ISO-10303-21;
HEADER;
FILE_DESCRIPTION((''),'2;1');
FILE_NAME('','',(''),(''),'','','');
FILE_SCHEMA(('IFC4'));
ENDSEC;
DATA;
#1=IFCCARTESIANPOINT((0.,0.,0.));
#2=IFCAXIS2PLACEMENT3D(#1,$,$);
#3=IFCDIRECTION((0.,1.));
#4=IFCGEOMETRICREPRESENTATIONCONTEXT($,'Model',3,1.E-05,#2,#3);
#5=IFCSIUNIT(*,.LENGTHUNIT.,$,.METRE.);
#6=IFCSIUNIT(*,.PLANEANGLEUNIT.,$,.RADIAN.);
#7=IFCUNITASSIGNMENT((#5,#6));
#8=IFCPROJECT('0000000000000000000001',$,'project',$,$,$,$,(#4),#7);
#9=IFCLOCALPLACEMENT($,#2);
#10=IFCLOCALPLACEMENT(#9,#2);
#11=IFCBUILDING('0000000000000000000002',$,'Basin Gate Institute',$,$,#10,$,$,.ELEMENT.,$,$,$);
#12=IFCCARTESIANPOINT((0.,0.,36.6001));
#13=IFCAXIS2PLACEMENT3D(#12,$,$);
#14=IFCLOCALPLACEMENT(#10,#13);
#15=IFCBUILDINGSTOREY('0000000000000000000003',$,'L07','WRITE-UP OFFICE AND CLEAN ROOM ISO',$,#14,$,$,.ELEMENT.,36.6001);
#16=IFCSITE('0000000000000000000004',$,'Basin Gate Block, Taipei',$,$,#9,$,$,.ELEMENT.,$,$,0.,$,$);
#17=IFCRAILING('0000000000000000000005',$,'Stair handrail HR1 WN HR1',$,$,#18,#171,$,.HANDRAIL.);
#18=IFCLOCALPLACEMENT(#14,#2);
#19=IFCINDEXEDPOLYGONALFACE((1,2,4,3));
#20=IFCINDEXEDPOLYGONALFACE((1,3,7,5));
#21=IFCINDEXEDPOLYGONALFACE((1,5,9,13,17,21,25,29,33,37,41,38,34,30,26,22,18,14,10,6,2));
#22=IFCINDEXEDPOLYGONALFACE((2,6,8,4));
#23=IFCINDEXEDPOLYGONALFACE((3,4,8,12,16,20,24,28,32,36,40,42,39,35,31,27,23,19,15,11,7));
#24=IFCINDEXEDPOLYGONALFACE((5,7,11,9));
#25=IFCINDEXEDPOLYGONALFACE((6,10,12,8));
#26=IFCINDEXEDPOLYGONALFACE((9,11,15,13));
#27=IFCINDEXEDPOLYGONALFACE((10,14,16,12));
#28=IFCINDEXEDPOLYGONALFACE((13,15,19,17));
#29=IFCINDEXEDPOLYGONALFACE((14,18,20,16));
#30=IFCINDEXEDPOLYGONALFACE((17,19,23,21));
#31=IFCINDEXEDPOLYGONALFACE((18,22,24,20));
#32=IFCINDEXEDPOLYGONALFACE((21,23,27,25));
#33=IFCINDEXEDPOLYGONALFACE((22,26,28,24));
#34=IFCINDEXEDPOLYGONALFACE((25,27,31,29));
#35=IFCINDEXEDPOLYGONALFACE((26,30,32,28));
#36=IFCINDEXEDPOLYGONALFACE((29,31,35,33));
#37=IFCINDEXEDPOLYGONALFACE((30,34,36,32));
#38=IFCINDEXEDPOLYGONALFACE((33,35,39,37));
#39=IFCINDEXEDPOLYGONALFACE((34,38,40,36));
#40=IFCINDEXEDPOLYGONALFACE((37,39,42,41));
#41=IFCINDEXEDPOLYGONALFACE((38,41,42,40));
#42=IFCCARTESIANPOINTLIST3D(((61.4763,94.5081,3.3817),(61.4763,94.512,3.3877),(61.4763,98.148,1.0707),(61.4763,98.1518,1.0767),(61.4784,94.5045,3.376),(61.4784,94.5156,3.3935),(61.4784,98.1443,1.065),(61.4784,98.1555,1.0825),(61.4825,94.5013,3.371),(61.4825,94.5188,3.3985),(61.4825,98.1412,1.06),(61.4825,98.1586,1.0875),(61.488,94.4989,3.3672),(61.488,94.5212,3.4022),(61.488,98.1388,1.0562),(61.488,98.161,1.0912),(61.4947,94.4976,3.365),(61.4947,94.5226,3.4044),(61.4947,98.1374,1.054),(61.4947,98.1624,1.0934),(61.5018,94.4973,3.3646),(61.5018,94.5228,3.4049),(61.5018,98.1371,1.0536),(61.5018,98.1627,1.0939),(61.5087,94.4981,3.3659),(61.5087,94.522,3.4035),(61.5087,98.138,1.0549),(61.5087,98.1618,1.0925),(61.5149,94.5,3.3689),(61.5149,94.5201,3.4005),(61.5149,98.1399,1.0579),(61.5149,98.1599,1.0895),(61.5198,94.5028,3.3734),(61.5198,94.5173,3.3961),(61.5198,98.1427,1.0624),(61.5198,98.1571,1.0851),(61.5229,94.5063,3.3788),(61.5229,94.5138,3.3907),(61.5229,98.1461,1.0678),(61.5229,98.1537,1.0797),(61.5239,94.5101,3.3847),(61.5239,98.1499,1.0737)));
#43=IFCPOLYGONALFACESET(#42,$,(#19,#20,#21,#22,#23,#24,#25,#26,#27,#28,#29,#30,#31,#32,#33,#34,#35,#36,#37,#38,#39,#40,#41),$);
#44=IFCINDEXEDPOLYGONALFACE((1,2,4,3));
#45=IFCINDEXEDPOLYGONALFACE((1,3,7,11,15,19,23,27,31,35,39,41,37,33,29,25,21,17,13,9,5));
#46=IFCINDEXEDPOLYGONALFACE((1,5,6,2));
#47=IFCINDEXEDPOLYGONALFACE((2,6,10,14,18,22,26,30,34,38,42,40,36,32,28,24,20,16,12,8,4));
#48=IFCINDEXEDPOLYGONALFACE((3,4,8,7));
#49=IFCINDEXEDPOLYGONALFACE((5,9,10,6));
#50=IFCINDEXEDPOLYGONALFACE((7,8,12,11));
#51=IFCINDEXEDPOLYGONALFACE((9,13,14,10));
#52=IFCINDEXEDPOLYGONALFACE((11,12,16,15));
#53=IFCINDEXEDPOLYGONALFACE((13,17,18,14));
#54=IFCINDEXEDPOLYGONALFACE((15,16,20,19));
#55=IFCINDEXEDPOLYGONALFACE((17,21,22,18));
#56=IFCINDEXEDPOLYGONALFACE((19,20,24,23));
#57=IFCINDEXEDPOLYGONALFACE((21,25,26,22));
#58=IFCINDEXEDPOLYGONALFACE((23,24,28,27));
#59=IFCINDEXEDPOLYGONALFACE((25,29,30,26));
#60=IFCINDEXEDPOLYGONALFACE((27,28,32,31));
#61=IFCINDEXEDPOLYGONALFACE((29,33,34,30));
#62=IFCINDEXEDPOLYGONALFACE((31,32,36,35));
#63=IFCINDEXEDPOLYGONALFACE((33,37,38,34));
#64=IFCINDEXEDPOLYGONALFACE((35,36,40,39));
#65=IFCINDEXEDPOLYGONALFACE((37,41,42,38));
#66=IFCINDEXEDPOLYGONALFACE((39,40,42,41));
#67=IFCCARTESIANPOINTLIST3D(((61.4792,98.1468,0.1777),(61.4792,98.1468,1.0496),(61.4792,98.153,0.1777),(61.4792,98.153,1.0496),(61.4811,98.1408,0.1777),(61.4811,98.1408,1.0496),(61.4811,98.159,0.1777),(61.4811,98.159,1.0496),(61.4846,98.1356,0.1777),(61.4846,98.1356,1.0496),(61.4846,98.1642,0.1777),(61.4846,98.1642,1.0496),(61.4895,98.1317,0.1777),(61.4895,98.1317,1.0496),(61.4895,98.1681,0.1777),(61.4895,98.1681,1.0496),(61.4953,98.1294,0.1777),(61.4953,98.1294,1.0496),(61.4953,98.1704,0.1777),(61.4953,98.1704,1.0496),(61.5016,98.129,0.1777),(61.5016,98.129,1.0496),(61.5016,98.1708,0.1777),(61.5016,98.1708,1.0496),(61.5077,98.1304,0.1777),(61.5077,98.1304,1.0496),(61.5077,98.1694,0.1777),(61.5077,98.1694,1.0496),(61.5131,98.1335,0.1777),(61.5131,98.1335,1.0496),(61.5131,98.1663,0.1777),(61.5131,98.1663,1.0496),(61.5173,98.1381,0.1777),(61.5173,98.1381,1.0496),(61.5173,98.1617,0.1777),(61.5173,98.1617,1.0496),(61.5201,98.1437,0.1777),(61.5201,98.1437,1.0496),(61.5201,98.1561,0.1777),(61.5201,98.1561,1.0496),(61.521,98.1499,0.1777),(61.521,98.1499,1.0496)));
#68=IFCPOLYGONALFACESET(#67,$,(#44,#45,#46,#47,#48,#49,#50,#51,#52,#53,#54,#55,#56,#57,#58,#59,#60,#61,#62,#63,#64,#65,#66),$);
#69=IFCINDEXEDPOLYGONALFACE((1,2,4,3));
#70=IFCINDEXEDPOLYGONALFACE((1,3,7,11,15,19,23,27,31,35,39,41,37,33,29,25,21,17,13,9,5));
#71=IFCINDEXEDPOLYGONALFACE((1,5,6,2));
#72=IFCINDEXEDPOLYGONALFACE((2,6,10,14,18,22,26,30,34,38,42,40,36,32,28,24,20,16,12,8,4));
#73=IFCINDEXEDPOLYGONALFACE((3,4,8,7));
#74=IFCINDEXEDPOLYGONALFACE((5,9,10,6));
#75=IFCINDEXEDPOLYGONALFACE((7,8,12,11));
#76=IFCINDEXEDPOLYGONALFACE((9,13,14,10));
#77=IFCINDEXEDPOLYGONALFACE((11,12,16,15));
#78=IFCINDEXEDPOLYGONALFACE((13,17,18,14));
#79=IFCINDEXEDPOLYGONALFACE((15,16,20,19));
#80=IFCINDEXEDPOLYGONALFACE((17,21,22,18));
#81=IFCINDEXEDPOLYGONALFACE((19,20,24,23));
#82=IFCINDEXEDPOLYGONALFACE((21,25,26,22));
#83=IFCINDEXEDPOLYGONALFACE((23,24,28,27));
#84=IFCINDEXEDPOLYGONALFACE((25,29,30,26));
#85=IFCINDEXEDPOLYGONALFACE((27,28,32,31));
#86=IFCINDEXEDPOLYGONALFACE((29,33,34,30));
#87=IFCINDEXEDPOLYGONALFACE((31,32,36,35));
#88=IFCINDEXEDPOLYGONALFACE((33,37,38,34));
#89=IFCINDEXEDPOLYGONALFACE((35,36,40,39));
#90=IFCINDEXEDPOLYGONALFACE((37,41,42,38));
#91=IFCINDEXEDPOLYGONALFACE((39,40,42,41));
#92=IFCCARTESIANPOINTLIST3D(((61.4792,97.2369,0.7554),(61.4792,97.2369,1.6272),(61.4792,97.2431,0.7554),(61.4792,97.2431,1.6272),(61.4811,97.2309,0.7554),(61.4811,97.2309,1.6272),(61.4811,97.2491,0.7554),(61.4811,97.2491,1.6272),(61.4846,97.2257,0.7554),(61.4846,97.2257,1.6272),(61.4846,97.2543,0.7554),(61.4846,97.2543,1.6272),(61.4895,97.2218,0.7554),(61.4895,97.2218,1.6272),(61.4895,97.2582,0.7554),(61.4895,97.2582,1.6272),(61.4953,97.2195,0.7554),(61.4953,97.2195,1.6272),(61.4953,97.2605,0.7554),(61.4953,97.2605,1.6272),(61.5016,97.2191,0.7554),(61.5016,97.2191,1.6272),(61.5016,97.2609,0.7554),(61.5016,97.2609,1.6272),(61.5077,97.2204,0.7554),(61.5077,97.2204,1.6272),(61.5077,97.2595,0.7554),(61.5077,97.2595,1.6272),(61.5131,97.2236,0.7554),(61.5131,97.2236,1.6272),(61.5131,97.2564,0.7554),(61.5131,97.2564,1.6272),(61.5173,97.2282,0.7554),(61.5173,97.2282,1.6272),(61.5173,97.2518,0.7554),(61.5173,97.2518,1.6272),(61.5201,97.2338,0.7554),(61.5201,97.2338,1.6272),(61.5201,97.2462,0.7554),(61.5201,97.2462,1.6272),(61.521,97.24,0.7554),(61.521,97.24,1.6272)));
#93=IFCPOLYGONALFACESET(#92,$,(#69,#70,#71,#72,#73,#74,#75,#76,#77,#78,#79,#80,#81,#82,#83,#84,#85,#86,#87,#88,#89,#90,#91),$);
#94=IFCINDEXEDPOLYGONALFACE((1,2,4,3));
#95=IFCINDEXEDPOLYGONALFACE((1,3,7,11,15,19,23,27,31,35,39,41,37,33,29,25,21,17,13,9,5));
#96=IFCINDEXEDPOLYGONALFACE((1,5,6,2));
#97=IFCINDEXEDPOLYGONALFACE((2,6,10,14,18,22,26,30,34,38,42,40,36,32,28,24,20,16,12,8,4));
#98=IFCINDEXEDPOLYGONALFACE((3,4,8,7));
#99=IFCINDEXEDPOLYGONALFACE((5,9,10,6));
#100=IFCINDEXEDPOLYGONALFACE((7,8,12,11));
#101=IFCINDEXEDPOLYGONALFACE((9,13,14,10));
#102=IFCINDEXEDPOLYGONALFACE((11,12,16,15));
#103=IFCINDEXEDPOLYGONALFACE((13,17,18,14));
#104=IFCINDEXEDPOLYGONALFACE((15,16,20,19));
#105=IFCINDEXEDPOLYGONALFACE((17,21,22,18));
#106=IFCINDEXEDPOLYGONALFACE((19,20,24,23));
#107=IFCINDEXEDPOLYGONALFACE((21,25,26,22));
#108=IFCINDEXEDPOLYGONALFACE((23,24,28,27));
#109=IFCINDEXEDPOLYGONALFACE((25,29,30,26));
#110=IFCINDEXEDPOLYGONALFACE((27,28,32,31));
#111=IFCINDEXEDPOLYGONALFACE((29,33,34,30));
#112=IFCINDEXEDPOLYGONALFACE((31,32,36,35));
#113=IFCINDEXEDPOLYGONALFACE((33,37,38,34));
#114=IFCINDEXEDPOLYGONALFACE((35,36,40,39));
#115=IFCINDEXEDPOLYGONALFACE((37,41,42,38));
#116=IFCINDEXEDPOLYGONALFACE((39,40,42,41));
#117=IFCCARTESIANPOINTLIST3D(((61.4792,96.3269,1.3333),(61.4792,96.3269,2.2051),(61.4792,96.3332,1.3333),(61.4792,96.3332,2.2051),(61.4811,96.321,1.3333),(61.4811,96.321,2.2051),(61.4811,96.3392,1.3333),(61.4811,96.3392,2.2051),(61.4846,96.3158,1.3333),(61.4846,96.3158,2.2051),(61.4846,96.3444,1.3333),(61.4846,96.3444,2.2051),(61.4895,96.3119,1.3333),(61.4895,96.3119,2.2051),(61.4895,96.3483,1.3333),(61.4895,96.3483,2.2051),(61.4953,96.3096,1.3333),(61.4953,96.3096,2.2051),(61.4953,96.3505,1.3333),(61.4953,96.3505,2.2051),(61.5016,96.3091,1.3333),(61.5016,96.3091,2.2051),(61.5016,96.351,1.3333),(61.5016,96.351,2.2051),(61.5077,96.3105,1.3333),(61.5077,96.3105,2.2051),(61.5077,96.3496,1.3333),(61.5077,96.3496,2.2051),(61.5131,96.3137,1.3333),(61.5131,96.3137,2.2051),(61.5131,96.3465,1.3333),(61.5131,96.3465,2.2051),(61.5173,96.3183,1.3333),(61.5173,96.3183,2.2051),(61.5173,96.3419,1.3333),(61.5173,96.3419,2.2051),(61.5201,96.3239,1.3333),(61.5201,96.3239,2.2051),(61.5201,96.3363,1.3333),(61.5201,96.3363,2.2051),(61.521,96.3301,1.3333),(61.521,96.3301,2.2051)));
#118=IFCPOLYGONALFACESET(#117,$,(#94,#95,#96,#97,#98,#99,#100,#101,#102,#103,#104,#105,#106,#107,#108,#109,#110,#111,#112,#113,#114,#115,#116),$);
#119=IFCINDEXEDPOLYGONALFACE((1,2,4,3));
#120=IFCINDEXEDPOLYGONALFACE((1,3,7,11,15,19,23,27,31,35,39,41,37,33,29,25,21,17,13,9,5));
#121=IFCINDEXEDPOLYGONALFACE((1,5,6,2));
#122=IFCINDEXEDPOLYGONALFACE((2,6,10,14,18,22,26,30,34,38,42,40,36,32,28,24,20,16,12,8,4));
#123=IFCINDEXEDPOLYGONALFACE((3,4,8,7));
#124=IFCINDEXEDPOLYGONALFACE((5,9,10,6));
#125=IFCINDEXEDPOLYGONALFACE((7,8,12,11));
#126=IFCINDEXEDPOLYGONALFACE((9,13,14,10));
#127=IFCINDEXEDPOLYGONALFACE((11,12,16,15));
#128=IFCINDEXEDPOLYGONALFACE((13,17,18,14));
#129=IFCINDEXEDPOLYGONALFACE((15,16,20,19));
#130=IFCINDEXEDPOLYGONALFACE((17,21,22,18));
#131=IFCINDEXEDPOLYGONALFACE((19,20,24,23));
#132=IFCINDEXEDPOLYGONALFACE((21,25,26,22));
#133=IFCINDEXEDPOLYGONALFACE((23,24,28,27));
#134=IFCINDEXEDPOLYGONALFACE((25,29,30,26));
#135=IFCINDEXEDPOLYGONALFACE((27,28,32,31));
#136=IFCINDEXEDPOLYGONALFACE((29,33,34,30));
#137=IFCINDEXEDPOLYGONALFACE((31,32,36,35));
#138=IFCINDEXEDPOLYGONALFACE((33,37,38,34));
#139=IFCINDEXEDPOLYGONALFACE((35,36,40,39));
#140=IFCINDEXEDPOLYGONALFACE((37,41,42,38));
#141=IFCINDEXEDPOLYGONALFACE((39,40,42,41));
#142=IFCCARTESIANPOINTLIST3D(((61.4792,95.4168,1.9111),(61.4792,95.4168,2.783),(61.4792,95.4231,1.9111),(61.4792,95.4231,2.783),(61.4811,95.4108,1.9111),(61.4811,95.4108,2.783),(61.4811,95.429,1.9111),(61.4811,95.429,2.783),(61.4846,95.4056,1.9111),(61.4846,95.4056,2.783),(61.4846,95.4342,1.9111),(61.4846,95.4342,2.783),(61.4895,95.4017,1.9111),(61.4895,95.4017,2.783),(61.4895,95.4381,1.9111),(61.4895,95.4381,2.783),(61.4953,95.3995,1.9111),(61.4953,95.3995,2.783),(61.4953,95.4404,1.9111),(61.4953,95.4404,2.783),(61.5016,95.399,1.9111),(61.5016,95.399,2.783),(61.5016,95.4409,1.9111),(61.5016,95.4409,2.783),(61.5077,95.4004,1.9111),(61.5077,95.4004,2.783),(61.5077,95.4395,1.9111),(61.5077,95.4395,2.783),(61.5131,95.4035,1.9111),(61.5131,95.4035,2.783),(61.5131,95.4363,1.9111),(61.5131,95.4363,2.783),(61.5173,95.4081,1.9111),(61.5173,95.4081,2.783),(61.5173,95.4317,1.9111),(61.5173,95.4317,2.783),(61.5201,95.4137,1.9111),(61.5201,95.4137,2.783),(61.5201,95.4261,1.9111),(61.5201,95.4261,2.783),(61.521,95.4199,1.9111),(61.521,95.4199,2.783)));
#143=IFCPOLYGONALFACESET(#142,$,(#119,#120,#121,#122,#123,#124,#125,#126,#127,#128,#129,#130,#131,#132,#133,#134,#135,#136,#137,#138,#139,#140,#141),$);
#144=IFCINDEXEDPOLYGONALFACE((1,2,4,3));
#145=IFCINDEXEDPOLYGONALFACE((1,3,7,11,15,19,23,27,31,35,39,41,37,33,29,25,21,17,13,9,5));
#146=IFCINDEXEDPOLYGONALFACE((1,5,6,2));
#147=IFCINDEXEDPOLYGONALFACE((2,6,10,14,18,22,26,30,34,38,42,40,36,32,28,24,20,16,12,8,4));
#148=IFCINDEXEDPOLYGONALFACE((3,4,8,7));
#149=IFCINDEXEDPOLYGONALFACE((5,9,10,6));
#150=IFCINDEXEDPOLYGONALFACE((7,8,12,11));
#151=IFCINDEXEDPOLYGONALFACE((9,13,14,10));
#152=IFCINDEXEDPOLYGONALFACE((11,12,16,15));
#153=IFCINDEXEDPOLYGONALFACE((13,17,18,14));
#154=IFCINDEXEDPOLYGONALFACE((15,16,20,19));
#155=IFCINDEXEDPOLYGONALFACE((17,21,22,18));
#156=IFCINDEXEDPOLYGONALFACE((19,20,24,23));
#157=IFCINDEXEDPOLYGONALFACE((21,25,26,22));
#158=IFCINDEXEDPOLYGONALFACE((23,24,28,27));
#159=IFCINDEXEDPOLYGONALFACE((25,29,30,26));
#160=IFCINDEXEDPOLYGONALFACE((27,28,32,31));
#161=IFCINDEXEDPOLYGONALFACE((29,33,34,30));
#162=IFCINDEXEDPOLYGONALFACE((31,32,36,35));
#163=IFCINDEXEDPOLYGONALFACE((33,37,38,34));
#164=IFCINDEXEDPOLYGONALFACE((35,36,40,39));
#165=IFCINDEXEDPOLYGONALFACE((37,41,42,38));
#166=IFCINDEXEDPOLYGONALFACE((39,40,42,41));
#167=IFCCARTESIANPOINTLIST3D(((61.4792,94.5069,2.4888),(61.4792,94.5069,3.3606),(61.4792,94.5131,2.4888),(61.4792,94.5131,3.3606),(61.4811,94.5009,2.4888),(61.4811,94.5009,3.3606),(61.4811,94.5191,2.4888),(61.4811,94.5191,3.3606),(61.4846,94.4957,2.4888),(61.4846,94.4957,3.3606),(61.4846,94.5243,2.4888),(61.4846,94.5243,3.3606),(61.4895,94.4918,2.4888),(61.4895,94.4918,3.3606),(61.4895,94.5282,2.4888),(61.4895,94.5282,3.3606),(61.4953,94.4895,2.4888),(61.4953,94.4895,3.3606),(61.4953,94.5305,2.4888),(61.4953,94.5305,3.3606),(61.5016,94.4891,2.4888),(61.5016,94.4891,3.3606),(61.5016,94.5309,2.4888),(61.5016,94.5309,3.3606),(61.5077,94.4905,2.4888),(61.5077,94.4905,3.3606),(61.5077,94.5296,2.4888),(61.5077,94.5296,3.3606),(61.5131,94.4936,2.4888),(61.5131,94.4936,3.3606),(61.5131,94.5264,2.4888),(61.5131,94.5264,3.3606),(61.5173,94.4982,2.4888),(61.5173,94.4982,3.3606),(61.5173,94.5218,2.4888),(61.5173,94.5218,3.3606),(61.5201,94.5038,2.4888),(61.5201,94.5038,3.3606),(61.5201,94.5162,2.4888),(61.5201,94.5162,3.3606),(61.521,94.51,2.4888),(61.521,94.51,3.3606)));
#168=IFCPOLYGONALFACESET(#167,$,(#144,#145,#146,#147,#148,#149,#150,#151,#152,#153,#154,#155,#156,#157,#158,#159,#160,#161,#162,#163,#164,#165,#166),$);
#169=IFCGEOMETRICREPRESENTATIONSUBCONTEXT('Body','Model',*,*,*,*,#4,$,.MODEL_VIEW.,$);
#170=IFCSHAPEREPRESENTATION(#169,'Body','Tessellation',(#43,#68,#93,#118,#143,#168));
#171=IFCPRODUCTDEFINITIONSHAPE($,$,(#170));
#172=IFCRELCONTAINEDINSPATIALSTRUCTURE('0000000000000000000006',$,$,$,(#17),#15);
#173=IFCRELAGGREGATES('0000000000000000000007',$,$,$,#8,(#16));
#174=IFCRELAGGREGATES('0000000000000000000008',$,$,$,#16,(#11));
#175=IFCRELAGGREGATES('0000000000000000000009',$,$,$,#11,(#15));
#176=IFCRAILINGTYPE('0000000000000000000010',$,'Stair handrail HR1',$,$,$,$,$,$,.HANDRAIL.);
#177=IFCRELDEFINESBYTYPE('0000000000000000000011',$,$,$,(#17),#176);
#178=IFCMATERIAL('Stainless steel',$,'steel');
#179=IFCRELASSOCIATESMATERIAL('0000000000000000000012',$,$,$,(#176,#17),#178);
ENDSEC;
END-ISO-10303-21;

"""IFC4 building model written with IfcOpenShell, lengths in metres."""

from ifc_helpers import new_model, si_unit, direction, frame, origin, origin_2d, place, context, subcontext, project, spatial, circle, extrude, material, type_object, element, save


model = new_model("IFC4")

# Units and contexts
model_context = context("Model", 3, precision=1e-05, world=origin(), true_north=direction((0.0, 1.0)))
body_context = subcontext(model_context, "Body", "Model", "MODEL_VIEW")
ifc_project = project(units=[si_unit("LENGTHUNIT", "METRE"), si_unit("PLANEANGLEUNIT", "RADIAN")], contexts=[model_context])

# Site, building, storey
site_placement = place(None, origin())
site = spatial("IfcSite", under=ifc_project, at=site_placement, Name="Basin Gate Block, Taipei", CompositionType="ELEMENT", RefElevation=0.0)
building_placement = place(site_placement, origin())
building = spatial("IfcBuilding", under=site, at=building_placement, Name="Basin Gate Institute", CompositionType="ELEMENT")
storey_placement = place(building_placement, frame((0.0, 0.0, 36.6001)))
storey = spatial("IfcBuildingStorey", under=building, at=storey_placement, Name="L07", Description="WRITE-UP OFFICE AND CLEAN ROOM ISO", CompositionType="ELEMENT", Elevation=36.6001)

# Railing
ifc_material_1 = material(Name="Stainless steel", Category="steel")
railing_type_1 = type_object("IfcRailingType", Name="Stair handrail HR1", PredefinedType="HANDRAIL", material=ifc_material_1)
for number, where, name in (
    (1, (61.5, 98.1499, 0.1777), "Stair handrail HR1 WN HR1"),
):
    element("IfcRailing", number, at=place(storey_placement, frame(where)), inside=storey, type_object=railing_type_1, material=ifc_material_1, Name=name, PredefinedType="HANDRAIL", context=body_context, shape_type="SweptSolid", body=[
        extrude(circle(Radius=0.0239, at=origin_2d()), frame((0.0, 0.0, 0.896), z_axis=(0.0, -0.844214, 0.536007), x_axis=(1.0, 0.0, 0.0)), (0.0, 0.0, 1.0), 4.3115),
        extrude(circle(Radius=0.021, at=origin_2d()), origin(), (0.0, 0.0, 1.0), 0.8718),
        extrude(circle(Radius=0.021, at=origin_2d()), frame((0.0, -0.9099, 0.5776)), (0.0, 0.0, 1.0), 0.8718),
        extrude(circle(Radius=0.021, at=origin_2d()), frame((0.0, -1.8198, 1.1555)), (0.0, 0.0, 1.0), 0.8718),
        extrude(circle(Radius=0.021, at=origin_2d()), frame((0.0, -2.73, 1.7334)), (0.0, 0.0, 1.0), 0.8718),
        extrude(circle(Radius=0.021, at=origin_2d()), frame((0.0, -3.6399, 2.311)), (0.0, 0.0, 1.0), 0.8718),
    ])

save(model, "model.ifc")
